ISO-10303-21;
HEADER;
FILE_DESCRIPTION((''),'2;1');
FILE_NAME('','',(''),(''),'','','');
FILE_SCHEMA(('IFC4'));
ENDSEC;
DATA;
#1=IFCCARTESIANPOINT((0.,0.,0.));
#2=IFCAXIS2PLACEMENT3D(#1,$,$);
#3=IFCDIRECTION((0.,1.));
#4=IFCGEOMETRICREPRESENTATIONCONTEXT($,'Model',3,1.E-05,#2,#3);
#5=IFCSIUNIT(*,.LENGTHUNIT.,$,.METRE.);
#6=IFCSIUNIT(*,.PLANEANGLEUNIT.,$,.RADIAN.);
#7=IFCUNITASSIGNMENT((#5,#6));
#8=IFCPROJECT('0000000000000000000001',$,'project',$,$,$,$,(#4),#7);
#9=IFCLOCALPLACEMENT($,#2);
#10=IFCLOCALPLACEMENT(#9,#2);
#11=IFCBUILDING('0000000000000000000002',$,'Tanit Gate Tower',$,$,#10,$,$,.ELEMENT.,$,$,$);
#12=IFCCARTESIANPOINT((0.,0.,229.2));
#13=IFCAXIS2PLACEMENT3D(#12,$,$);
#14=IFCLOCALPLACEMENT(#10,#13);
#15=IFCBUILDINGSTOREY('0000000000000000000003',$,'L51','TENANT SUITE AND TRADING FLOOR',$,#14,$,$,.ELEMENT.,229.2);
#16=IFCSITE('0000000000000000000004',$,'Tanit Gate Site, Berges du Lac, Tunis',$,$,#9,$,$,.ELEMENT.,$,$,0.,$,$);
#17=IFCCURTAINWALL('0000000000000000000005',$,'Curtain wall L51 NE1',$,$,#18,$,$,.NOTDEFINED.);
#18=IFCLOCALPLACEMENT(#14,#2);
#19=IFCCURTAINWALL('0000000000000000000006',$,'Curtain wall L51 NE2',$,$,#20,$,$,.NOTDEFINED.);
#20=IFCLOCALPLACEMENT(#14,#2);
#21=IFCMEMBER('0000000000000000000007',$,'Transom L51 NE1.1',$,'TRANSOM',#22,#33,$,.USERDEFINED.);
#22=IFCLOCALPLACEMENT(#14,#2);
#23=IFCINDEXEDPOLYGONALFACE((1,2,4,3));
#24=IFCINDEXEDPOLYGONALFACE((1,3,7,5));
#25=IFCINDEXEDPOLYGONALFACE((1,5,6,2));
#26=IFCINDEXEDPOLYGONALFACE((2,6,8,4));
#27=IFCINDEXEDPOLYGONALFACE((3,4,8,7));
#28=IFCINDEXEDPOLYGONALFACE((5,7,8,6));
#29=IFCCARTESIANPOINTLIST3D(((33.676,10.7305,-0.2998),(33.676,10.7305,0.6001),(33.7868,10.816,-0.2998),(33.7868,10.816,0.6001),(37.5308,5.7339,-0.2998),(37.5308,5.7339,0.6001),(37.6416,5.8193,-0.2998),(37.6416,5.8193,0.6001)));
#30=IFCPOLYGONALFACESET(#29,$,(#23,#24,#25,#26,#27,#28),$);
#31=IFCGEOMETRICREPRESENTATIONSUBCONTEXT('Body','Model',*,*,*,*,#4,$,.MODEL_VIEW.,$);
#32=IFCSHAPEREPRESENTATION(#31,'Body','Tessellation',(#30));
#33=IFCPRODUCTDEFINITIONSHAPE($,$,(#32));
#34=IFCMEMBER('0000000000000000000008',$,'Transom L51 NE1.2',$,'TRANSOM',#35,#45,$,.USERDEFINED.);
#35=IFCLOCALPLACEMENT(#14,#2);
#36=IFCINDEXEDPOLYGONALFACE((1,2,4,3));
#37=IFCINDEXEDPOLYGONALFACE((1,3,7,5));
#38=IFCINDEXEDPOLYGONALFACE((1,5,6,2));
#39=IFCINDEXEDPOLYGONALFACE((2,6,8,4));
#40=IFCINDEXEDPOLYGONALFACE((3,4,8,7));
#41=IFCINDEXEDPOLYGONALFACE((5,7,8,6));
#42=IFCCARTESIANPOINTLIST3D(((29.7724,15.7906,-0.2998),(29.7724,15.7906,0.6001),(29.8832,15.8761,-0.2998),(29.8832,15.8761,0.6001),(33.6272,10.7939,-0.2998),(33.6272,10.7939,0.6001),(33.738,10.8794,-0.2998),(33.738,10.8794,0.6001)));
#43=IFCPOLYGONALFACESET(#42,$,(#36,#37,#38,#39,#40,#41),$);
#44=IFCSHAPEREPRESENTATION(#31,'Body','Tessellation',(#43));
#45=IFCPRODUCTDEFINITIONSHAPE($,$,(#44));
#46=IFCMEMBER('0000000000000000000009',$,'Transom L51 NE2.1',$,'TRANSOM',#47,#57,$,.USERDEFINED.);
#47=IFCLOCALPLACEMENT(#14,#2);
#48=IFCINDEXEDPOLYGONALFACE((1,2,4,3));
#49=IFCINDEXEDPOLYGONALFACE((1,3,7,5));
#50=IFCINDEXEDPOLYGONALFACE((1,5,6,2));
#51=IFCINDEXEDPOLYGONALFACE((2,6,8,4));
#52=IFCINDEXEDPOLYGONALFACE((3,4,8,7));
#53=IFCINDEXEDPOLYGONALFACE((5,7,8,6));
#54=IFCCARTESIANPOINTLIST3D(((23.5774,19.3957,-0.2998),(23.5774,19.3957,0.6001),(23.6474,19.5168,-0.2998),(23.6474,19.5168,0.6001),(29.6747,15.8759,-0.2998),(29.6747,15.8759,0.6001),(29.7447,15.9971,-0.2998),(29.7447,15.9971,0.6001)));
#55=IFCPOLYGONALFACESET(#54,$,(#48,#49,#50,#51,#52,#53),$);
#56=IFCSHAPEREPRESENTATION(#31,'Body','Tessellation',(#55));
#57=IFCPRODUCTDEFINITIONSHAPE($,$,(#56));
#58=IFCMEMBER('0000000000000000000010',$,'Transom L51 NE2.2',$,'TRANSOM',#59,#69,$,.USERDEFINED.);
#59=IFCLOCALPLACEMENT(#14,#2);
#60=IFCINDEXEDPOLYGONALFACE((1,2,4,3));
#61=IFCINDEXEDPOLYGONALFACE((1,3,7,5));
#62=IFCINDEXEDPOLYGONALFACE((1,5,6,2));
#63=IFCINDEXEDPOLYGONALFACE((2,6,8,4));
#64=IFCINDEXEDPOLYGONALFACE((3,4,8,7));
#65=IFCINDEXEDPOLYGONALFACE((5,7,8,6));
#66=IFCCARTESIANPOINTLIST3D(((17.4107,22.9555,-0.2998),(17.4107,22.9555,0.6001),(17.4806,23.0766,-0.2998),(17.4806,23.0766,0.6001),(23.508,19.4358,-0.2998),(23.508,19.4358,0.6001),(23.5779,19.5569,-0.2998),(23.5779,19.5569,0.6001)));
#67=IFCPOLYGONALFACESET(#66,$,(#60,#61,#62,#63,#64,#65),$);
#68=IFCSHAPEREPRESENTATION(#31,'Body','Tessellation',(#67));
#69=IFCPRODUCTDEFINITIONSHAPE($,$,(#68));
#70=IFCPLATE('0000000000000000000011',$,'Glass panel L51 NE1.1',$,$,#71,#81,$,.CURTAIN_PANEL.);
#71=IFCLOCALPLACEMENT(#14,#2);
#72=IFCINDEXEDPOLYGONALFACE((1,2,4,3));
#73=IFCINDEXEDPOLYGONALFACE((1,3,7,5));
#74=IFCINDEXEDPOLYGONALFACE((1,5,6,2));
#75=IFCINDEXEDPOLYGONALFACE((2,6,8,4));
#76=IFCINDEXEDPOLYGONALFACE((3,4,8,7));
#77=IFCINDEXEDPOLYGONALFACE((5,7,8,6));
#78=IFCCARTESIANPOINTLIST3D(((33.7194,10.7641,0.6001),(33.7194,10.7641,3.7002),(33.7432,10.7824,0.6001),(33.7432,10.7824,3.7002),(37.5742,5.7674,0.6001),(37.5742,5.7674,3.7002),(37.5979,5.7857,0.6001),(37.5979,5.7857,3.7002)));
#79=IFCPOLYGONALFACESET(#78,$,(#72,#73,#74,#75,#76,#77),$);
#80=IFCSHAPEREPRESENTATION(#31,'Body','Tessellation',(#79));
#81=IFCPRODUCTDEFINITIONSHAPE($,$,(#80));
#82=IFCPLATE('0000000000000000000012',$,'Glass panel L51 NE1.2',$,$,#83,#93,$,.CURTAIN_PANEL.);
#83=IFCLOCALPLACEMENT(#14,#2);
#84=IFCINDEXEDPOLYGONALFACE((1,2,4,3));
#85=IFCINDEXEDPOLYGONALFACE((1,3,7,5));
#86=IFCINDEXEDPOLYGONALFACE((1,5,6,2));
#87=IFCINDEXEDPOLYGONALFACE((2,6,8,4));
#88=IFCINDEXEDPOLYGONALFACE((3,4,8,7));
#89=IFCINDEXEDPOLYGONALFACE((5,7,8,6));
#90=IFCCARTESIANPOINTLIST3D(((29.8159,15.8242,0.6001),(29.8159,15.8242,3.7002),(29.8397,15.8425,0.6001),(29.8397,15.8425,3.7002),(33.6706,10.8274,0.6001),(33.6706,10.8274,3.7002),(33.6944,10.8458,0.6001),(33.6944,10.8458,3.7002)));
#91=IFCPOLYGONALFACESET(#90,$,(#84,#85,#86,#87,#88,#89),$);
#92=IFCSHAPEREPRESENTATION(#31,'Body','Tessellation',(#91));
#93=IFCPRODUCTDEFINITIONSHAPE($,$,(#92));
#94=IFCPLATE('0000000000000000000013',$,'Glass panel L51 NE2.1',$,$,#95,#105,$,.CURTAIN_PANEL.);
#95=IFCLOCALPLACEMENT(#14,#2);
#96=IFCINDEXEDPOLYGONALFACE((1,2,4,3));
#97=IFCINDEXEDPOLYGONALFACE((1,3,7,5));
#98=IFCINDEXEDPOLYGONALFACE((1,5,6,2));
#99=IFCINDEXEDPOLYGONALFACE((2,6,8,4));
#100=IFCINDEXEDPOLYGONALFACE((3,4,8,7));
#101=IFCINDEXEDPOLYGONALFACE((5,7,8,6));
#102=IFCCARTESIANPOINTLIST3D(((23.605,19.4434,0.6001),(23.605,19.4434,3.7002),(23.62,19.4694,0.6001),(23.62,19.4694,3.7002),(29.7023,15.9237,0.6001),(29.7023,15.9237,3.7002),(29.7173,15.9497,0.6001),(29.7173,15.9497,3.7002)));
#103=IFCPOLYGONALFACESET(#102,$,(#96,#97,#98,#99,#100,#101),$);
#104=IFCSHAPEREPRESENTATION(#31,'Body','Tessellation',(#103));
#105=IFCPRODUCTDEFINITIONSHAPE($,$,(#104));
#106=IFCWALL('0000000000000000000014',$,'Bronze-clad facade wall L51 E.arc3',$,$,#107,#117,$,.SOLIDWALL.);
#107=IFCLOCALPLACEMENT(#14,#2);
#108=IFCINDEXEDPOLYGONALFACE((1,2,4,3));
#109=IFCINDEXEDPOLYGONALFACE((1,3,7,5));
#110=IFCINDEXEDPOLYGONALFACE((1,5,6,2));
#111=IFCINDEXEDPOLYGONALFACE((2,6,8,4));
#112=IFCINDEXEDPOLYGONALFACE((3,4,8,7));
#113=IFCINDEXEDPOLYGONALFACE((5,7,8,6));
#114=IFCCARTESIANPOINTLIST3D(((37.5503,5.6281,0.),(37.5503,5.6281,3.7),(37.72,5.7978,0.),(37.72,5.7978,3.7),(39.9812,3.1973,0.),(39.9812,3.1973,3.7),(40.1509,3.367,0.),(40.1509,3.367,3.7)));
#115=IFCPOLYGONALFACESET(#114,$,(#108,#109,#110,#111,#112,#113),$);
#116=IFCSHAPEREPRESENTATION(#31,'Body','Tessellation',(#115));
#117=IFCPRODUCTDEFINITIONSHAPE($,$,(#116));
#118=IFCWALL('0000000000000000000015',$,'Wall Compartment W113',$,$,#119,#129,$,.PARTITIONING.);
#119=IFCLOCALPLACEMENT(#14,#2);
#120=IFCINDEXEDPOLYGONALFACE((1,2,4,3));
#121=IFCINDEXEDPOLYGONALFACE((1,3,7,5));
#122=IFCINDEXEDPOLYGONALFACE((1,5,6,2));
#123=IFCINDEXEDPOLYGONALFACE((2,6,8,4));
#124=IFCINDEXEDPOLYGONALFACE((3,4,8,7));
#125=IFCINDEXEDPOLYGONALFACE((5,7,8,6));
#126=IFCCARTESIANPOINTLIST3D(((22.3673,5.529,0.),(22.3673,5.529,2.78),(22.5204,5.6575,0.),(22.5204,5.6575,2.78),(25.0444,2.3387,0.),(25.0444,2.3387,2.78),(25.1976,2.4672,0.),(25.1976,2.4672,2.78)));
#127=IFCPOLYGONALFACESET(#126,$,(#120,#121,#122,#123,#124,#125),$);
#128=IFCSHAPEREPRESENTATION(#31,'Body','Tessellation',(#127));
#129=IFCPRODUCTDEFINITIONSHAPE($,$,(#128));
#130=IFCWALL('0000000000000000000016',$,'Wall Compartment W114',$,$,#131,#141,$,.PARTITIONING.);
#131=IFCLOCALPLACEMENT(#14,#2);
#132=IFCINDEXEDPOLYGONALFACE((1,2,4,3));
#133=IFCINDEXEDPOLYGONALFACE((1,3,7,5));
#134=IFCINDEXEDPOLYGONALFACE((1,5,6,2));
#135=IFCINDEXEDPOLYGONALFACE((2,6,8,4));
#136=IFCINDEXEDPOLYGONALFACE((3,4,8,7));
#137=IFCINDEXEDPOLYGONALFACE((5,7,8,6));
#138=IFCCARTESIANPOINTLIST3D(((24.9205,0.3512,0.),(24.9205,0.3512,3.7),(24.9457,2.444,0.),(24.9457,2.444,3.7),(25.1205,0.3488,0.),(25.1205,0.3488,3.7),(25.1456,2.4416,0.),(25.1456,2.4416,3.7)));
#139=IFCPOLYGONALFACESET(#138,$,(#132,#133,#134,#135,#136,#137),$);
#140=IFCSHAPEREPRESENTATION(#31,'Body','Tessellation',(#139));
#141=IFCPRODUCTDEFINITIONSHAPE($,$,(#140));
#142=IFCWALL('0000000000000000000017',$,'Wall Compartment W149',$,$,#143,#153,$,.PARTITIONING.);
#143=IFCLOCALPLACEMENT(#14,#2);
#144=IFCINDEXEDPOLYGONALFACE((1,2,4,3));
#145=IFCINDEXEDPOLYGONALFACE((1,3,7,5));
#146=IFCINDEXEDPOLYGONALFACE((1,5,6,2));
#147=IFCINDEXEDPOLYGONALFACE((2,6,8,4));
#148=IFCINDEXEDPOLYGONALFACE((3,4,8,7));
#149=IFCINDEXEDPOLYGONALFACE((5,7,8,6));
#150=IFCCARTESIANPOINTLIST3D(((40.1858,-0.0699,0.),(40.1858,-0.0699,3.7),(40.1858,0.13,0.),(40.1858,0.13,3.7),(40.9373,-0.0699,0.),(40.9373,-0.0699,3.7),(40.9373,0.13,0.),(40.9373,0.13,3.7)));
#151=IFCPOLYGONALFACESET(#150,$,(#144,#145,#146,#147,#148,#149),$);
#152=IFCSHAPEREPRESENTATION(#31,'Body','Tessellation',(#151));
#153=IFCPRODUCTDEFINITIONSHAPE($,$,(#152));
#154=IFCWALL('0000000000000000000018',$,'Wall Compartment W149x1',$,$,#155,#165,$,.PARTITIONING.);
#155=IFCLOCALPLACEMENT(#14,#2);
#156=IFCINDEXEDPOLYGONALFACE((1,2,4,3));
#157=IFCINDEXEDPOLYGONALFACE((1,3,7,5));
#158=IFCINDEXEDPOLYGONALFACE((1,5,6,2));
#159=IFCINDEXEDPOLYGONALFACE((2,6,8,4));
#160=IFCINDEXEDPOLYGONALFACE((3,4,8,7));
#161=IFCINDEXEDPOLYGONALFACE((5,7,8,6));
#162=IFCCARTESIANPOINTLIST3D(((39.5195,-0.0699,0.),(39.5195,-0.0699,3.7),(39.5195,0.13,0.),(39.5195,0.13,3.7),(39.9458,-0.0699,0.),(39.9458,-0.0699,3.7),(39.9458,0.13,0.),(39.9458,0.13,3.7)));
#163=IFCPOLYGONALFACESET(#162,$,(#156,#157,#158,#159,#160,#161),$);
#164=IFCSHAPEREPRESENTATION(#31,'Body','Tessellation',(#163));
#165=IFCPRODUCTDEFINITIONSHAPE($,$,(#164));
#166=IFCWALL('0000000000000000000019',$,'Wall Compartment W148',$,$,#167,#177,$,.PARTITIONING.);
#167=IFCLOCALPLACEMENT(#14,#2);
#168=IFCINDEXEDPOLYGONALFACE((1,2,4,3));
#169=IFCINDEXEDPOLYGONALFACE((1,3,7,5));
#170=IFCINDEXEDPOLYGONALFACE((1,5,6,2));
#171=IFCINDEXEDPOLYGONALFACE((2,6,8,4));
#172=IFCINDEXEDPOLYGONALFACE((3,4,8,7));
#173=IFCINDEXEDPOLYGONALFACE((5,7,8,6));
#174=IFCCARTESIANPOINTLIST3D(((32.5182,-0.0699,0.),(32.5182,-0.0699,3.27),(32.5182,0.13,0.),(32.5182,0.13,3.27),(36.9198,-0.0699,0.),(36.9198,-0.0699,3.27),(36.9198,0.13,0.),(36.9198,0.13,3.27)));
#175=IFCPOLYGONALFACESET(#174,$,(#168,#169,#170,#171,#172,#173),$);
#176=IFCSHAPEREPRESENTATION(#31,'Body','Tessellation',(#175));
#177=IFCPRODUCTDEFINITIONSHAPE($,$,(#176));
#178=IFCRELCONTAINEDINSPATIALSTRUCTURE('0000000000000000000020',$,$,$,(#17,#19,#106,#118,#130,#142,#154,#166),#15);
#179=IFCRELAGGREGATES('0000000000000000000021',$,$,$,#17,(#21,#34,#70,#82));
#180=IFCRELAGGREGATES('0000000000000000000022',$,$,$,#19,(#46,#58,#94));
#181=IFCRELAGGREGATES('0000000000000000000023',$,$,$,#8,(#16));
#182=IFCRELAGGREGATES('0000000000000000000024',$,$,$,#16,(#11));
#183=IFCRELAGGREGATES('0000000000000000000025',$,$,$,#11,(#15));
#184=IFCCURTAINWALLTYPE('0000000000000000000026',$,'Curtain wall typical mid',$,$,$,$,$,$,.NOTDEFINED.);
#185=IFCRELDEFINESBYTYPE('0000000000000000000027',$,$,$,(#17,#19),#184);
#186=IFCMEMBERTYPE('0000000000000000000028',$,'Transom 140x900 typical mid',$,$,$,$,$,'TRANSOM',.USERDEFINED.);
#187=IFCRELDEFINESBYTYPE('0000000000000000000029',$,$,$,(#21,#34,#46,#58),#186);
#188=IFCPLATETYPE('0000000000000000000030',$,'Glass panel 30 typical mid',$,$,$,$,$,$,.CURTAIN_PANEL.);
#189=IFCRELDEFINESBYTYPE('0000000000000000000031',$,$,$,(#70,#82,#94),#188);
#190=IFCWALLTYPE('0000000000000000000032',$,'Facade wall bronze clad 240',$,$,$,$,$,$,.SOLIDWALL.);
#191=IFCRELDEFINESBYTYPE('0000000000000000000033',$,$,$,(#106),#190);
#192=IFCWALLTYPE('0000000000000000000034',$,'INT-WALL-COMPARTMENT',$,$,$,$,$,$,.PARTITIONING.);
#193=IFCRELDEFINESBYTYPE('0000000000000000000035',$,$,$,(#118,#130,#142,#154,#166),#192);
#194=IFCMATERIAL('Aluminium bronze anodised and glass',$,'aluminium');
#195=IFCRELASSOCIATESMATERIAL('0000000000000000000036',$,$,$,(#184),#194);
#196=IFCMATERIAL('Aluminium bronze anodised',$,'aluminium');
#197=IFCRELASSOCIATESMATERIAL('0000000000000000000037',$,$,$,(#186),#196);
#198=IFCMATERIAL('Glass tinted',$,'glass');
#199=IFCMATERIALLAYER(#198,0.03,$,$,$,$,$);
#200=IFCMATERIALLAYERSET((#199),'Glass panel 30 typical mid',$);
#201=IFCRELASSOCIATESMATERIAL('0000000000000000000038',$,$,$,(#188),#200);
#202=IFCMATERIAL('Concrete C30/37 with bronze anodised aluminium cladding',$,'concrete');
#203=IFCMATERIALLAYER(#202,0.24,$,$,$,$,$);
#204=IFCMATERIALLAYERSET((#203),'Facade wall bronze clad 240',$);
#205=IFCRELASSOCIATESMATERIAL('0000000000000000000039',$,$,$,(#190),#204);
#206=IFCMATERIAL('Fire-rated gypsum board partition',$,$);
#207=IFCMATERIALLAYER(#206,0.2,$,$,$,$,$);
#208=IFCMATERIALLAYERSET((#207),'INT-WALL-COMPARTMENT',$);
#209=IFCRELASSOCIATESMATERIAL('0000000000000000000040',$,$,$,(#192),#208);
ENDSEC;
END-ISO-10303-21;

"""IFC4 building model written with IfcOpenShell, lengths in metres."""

from ifc_helpers import new_model, si_unit, direction, frame, frame_2d, origin, origin_2d, place, context, subcontext, project, spatial, rectangle, extrude, material, layer, layer_set, material_profile, profile_set, type_object, element, aggregate, save


model = new_model("IFC4")

# Units and contexts
model_context = context("Model", 3, precision=1e-05, world=origin(), true_north=direction((0.0, 1.0)))
body_context = subcontext(model_context, "Body", "Model", "MODEL_VIEW")
ifc_project = project(units=[si_unit("LENGTHUNIT", "METRE"), si_unit("PLANEANGLEUNIT", "RADIAN")], contexts=[model_context])

# Site, building, storey
site_placement = place(None, origin())
site = spatial("IfcSite", under=ifc_project, at=site_placement, Name="Tanit Gate Site, Berges du Lac, Tunis", CompositionType="ELEMENT", RefElevation=0.0)
building_placement = place(site_placement, origin())
building = spatial("IfcBuilding", under=site, at=building_placement, Name="Tanit Gate Tower", CompositionType="ELEMENT")
storey_placement = place(building_placement, frame((0.0, 0.0, 229.2)))
storey = spatial("IfcBuildingStorey", under=building, at=storey_placement, Name="L51", Description="TENANT SUITE AND TRADING FLOOR", CompositionType="ELEMENT", Elevation=229.2)

# Curtain wall
ifc_material_1 = material(Name="Aluminium bronze anodised and glass", Category="aluminium")
curtain_wall_type = type_object("IfcCurtainWallType", Name="Curtain wall typical mid", PredefinedType="NOTDEFINED", material=ifc_material_1)
curtain_wall_1_placement = place(storey_placement, origin())
curtain_wall_1 = element("IfcCurtainWall", 1, at=curtain_wall_1_placement, inside=storey, type_object=curtain_wall_type, Name="Curtain wall L51 NE1", PredefinedType="NOTDEFINED")

# Curtain wall
curtain_wall_2_placement = place(storey_placement, origin())
curtain_wall_2 = element("IfcCurtainWall", 2, at=curtain_wall_2_placement, inside=storey, type_object=curtain_wall_type, Name="Curtain wall L51 NE2", PredefinedType="NOTDEFINED")

# Members
ifc_material_2 = material(Name="Aluminium bronze anodised", Category="aluminium")
ifc_material_profile_1 = material_profile(ifc_material_2, rectangle(XDim=0.1399, YDim=0.8999, at=origin_2d()), Name="140x900 bronze transom")
ifc_profile_set_1 = profile_set([ifc_material_profile_1], Name="Aluminium bronze anodised")
member_type_1 = type_object("IfcMemberType", Name="Transom 140x900 typical mid", ElementType="TRANSOM", PredefinedType="USERDEFINED", material=ifc_profile_set_1)
member_1_placement = place(storey_placement, frame((37.5862, 5.7766, 0.1501), z_axis=(-0.610826, 0.791765, 0.0), x_axis=(-0.791765, -0.610826, 0.0)))
member_1 = element("IfcMember", 3, at=member_1_placement, type_object=member_type_1, Name="Transom L51 NE1.1", ObjectType="TRANSOM", PredefinedType="USERDEFINED", context=body_context, shape_type="SweptSolid", body=[
    extrude(rectangle(XDim=0.1399, YDim=0.8999, at=origin_2d()), origin(), (0.0, 0.0, 1.0), 6.3108),
])
member_2_placement = place(storey_placement, frame((33.6826, 10.8367, 0.1501), z_axis=(-0.610826, 0.791765, 0.0), x_axis=(-0.791765, -0.610826, 0.0)))
member_2 = element("IfcMember", 4, at=member_2_placement, type_object=member_type_1, Name="Transom L51 NE1.2", ObjectType="TRANSOM", PredefinedType="USERDEFINED", context=body_context, shape_type="SweptSolid", body=[
    extrude(rectangle(XDim=0.1399, YDim=0.8999, at=origin_2d()), origin(), (0.0, 0.0, 1.0), 6.3108),
])
member_3_placement = place(storey_placement, frame((29.7097, 15.9365, 0.1501), z_axis=(-0.86606, 0.49994, 0.0), x_axis=(-0.49994, -0.86606, 0.0)))
member_3 = element("IfcMember", 5, at=member_3_placement, type_object=member_type_1, Name="Transom L51 NE2.1", ObjectType="TRANSOM", PredefinedType="USERDEFINED", context=body_context, shape_type="SweptSolid", body=[
    extrude(rectangle(XDim=0.1399, YDim=0.8999, at=origin_2d()), origin(), (0.0, 0.0, 1.0), 7.0403),
])
member_4_placement = place(storey_placement, frame((23.543, 19.4963, 0.1501), z_axis=(-0.86606, 0.49994, 0.0), x_axis=(-0.49994, -0.86606, 0.0)))
member_4 = element("IfcMember", 6, at=member_4_placement, type_object=member_type_1, Name="Transom L51 NE2.2", ObjectType="TRANSOM", PredefinedType="USERDEFINED", context=body_context, shape_type="SweptSolid", body=[
    extrude(rectangle(XDim=0.1399, YDim=0.8999, at=origin_2d()), origin(), (0.0, 0.0, 1.0), 7.0403),
])

# Plates
ifc_material_3 = material(Name="Glass tinted", Category="glass")
ifc_layer_1 = layer(ifc_material_3, 0.03)
ifc_layer_set_1 = layer_set([ifc_layer_1], Name="Glass panel 30 typical mid")
plate_type = type_object("IfcPlateType", Name="Glass panel 30 typical mid", PredefinedType="CURTAIN_PANEL", material=ifc_layer_set_1)
plate_1_placement = place(storey_placement, frame((35.6587, 8.2749, 0.6001), z_axis=(0.0, 0.0, 1.0), x_axis=(-0.610813, 0.791775, 0.0)))
plate_1 = element("IfcPlate", 7, at=plate_1_placement, type_object=plate_type, Name="Glass panel L51 NE1.1", PredefinedType="CURTAIN_PANEL", context=body_context, shape_type="SweptSolid", body=[
    extrude(rectangle(XDim=6.3108, YDim=0.03, at=origin_2d()), origin(), (0.0, 0.0, 1.0), 3.1001),
])
plate_2_placement = place(storey_placement, frame((31.7551, 13.335, 0.6001), z_axis=(0.0, 0.0, 1.0), x_axis=(-0.610813, 0.791775, 0.0)))
plate_2 = element("IfcPlate", 8, at=plate_2_placement, type_object=plate_type, Name="Glass panel L51 NE1.2", PredefinedType="CURTAIN_PANEL", context=body_context, shape_type="SweptSolid", body=[
    extrude(rectangle(XDim=6.3108, YDim=0.03, at=origin_2d()), origin(), (0.0, 0.0, 1.0), 3.1001),
])
aggregate(curtain_wall_1, [member_1, member_2, plate_1, plate_2])
plate_3_placement = place(storey_placement, frame((26.6611, 17.6965, 0.6001), z_axis=(0.0, 0.0, 1.0), x_axis=(-0.86606, 0.49994, 0.0)))
plate_3 = element("IfcPlate", 9, at=plate_3_placement, type_object=plate_type, Name="Glass panel L51 NE2.1", PredefinedType="CURTAIN_PANEL", context=body_context, shape_type="SweptSolid", body=[
    extrude(rectangle(XDim=7.0403, YDim=0.03, at=origin_2d()), origin(), (0.0, 0.0, 1.0), 3.1001),
])
aggregate(curtain_wall_2, [member_3, member_4, plate_3])

# Walls
ifc_material_4 = material(Name="Concrete C30/37 with bronze anodised aluminium cladding", Category="concrete")
ifc_layer_2 = layer(ifc_material_4, 0.24)
ifc_layer_set_2 = layer_set([ifc_layer_2], Name="Facade wall bronze clad 240")
wall_type_1 = type_object("IfcWallType", Name="Facade wall bronze clad 240", PredefinedType="SOLIDWALL", material=ifc_layer_set_2)
wall_1_placement = place(storey_placement, frame((40.0659, 3.2822, 0.0), z_axis=(0.0, 0.0, 1.0), x_axis=(-0.707107, 0.707107, 0.0)))
element("IfcWall", 10, at=wall_1_placement, inside=storey, type_object=wall_type_1, Name="Bronze-clad facade wall L51 E.arc3", PredefinedType="SOLIDWALL", context=body_context, shape_type="SweptSolid", body=[
    extrude(rectangle(XDim=3.4377, YDim=0.24, at=frame_2d((1.7188, 0.0))), origin(), (0.0, 0.0, 1.0), 3.7),
])
ifc_material_5 = material(Name="Fire-rated gypsum board partition")
ifc_layer_3 = layer(ifc_material_5, 0.2)
ifc_layer_set_3 = layer_set([ifc_layer_3], Name="INT-WALL-COMPARTMENT")
wall_type_2 = type_object("IfcWallType", Name="INT-WALL-COMPARTMENT", PredefinedType="PARTITIONING", material=ifc_layer_set_3)
wall_2_placement = place(storey_placement, frame((25.1211, 2.4028, 0.0), z_axis=(0.0, 0.0, 1.0), x_axis=(-0.64281, 0.766026, 0.0)))
element("IfcWall", 11, at=wall_2_placement, inside=storey, type_object=wall_type_2, Name="Wall Compartment W113", PredefinedType="PARTITIONING", context=body_context, shape_type="SweptSolid", body=[
    extrude(rectangle(XDim=4.1648, YDim=0.2, at=frame_2d((2.0825, 0.0))), origin(), (0.0, 0.0, 1.0), 2.78),
])
wall_3_placement = place(storey_placement, frame((25.0205, 0.3501, 0.0), z_axis=(0.0, 0.0, 1.0), x_axis=(0.012015, 0.999928, 0.0)))
element("IfcWall", 12, at=wall_3_placement, inside=storey, type_object=wall_type_2, Name="Wall Compartment W114", PredefinedType="PARTITIONING", context=body_context, shape_type="SweptSolid", body=[
    extrude(rectangle(XDim=2.093, YDim=0.2, at=frame_2d((1.0464, 0.0))), origin(), (0.0, 0.0, 1.0), 3.7),
])
wall_4_placement = place(storey_placement, frame((40.9373, 0.03, 0.0), z_axis=(0.0, 0.0, 1.0), x_axis=(-1.0, 0.0, 0.0)))
element("IfcWall", 13, at=wall_4_placement, inside=storey, type_object=wall_type_2, Name="Wall Compartment W149", PredefinedType="PARTITIONING", context=body_context, shape_type="SweptSolid", body=[
    extrude(rectangle(XDim=0.7515, YDim=0.2, at=frame_2d((0.3757, 0.0))), origin(), (0.0, 0.0, 1.0), 3.7),
])
wall_5_placement = place(storey_placement, frame((39.9458, 0.03, 0.0), z_axis=(0.0, 0.0, 1.0), x_axis=(-1.0, 0.0, 0.0)))
element("IfcWall", 14, at=wall_5_placement, inside=storey, type_object=wall_type_2, Name="Wall Compartment W149x1", PredefinedType="PARTITIONING", context=body_context, shape_type="SweptSolid", body=[
    extrude(rectangle(XDim=0.4263, YDim=0.2, at=frame_2d((0.2131, 0.0))), origin(), (0.0, 0.0, 1.0), 3.7),
])
wall_6_placement = place(storey_placement, frame((36.9197, 0.03, 0.0), z_axis=(0.0, 0.0, 1.0), x_axis=(-1.0, 0.0, 0.0)))
element("IfcWall", 15, at=wall_6_placement, inside=storey, type_object=wall_type_2, Name="Wall Compartment W148", PredefinedType="PARTITIONING", context=body_context, shape_type="SweptSolid", body=[
    extrude(rectangle(XDim=4.4016, YDim=0.2, at=frame_2d((2.2007, 0.0))), origin(), (0.0, 0.0, 1.0), 3.27),
])

save(model, "model.ifc")
